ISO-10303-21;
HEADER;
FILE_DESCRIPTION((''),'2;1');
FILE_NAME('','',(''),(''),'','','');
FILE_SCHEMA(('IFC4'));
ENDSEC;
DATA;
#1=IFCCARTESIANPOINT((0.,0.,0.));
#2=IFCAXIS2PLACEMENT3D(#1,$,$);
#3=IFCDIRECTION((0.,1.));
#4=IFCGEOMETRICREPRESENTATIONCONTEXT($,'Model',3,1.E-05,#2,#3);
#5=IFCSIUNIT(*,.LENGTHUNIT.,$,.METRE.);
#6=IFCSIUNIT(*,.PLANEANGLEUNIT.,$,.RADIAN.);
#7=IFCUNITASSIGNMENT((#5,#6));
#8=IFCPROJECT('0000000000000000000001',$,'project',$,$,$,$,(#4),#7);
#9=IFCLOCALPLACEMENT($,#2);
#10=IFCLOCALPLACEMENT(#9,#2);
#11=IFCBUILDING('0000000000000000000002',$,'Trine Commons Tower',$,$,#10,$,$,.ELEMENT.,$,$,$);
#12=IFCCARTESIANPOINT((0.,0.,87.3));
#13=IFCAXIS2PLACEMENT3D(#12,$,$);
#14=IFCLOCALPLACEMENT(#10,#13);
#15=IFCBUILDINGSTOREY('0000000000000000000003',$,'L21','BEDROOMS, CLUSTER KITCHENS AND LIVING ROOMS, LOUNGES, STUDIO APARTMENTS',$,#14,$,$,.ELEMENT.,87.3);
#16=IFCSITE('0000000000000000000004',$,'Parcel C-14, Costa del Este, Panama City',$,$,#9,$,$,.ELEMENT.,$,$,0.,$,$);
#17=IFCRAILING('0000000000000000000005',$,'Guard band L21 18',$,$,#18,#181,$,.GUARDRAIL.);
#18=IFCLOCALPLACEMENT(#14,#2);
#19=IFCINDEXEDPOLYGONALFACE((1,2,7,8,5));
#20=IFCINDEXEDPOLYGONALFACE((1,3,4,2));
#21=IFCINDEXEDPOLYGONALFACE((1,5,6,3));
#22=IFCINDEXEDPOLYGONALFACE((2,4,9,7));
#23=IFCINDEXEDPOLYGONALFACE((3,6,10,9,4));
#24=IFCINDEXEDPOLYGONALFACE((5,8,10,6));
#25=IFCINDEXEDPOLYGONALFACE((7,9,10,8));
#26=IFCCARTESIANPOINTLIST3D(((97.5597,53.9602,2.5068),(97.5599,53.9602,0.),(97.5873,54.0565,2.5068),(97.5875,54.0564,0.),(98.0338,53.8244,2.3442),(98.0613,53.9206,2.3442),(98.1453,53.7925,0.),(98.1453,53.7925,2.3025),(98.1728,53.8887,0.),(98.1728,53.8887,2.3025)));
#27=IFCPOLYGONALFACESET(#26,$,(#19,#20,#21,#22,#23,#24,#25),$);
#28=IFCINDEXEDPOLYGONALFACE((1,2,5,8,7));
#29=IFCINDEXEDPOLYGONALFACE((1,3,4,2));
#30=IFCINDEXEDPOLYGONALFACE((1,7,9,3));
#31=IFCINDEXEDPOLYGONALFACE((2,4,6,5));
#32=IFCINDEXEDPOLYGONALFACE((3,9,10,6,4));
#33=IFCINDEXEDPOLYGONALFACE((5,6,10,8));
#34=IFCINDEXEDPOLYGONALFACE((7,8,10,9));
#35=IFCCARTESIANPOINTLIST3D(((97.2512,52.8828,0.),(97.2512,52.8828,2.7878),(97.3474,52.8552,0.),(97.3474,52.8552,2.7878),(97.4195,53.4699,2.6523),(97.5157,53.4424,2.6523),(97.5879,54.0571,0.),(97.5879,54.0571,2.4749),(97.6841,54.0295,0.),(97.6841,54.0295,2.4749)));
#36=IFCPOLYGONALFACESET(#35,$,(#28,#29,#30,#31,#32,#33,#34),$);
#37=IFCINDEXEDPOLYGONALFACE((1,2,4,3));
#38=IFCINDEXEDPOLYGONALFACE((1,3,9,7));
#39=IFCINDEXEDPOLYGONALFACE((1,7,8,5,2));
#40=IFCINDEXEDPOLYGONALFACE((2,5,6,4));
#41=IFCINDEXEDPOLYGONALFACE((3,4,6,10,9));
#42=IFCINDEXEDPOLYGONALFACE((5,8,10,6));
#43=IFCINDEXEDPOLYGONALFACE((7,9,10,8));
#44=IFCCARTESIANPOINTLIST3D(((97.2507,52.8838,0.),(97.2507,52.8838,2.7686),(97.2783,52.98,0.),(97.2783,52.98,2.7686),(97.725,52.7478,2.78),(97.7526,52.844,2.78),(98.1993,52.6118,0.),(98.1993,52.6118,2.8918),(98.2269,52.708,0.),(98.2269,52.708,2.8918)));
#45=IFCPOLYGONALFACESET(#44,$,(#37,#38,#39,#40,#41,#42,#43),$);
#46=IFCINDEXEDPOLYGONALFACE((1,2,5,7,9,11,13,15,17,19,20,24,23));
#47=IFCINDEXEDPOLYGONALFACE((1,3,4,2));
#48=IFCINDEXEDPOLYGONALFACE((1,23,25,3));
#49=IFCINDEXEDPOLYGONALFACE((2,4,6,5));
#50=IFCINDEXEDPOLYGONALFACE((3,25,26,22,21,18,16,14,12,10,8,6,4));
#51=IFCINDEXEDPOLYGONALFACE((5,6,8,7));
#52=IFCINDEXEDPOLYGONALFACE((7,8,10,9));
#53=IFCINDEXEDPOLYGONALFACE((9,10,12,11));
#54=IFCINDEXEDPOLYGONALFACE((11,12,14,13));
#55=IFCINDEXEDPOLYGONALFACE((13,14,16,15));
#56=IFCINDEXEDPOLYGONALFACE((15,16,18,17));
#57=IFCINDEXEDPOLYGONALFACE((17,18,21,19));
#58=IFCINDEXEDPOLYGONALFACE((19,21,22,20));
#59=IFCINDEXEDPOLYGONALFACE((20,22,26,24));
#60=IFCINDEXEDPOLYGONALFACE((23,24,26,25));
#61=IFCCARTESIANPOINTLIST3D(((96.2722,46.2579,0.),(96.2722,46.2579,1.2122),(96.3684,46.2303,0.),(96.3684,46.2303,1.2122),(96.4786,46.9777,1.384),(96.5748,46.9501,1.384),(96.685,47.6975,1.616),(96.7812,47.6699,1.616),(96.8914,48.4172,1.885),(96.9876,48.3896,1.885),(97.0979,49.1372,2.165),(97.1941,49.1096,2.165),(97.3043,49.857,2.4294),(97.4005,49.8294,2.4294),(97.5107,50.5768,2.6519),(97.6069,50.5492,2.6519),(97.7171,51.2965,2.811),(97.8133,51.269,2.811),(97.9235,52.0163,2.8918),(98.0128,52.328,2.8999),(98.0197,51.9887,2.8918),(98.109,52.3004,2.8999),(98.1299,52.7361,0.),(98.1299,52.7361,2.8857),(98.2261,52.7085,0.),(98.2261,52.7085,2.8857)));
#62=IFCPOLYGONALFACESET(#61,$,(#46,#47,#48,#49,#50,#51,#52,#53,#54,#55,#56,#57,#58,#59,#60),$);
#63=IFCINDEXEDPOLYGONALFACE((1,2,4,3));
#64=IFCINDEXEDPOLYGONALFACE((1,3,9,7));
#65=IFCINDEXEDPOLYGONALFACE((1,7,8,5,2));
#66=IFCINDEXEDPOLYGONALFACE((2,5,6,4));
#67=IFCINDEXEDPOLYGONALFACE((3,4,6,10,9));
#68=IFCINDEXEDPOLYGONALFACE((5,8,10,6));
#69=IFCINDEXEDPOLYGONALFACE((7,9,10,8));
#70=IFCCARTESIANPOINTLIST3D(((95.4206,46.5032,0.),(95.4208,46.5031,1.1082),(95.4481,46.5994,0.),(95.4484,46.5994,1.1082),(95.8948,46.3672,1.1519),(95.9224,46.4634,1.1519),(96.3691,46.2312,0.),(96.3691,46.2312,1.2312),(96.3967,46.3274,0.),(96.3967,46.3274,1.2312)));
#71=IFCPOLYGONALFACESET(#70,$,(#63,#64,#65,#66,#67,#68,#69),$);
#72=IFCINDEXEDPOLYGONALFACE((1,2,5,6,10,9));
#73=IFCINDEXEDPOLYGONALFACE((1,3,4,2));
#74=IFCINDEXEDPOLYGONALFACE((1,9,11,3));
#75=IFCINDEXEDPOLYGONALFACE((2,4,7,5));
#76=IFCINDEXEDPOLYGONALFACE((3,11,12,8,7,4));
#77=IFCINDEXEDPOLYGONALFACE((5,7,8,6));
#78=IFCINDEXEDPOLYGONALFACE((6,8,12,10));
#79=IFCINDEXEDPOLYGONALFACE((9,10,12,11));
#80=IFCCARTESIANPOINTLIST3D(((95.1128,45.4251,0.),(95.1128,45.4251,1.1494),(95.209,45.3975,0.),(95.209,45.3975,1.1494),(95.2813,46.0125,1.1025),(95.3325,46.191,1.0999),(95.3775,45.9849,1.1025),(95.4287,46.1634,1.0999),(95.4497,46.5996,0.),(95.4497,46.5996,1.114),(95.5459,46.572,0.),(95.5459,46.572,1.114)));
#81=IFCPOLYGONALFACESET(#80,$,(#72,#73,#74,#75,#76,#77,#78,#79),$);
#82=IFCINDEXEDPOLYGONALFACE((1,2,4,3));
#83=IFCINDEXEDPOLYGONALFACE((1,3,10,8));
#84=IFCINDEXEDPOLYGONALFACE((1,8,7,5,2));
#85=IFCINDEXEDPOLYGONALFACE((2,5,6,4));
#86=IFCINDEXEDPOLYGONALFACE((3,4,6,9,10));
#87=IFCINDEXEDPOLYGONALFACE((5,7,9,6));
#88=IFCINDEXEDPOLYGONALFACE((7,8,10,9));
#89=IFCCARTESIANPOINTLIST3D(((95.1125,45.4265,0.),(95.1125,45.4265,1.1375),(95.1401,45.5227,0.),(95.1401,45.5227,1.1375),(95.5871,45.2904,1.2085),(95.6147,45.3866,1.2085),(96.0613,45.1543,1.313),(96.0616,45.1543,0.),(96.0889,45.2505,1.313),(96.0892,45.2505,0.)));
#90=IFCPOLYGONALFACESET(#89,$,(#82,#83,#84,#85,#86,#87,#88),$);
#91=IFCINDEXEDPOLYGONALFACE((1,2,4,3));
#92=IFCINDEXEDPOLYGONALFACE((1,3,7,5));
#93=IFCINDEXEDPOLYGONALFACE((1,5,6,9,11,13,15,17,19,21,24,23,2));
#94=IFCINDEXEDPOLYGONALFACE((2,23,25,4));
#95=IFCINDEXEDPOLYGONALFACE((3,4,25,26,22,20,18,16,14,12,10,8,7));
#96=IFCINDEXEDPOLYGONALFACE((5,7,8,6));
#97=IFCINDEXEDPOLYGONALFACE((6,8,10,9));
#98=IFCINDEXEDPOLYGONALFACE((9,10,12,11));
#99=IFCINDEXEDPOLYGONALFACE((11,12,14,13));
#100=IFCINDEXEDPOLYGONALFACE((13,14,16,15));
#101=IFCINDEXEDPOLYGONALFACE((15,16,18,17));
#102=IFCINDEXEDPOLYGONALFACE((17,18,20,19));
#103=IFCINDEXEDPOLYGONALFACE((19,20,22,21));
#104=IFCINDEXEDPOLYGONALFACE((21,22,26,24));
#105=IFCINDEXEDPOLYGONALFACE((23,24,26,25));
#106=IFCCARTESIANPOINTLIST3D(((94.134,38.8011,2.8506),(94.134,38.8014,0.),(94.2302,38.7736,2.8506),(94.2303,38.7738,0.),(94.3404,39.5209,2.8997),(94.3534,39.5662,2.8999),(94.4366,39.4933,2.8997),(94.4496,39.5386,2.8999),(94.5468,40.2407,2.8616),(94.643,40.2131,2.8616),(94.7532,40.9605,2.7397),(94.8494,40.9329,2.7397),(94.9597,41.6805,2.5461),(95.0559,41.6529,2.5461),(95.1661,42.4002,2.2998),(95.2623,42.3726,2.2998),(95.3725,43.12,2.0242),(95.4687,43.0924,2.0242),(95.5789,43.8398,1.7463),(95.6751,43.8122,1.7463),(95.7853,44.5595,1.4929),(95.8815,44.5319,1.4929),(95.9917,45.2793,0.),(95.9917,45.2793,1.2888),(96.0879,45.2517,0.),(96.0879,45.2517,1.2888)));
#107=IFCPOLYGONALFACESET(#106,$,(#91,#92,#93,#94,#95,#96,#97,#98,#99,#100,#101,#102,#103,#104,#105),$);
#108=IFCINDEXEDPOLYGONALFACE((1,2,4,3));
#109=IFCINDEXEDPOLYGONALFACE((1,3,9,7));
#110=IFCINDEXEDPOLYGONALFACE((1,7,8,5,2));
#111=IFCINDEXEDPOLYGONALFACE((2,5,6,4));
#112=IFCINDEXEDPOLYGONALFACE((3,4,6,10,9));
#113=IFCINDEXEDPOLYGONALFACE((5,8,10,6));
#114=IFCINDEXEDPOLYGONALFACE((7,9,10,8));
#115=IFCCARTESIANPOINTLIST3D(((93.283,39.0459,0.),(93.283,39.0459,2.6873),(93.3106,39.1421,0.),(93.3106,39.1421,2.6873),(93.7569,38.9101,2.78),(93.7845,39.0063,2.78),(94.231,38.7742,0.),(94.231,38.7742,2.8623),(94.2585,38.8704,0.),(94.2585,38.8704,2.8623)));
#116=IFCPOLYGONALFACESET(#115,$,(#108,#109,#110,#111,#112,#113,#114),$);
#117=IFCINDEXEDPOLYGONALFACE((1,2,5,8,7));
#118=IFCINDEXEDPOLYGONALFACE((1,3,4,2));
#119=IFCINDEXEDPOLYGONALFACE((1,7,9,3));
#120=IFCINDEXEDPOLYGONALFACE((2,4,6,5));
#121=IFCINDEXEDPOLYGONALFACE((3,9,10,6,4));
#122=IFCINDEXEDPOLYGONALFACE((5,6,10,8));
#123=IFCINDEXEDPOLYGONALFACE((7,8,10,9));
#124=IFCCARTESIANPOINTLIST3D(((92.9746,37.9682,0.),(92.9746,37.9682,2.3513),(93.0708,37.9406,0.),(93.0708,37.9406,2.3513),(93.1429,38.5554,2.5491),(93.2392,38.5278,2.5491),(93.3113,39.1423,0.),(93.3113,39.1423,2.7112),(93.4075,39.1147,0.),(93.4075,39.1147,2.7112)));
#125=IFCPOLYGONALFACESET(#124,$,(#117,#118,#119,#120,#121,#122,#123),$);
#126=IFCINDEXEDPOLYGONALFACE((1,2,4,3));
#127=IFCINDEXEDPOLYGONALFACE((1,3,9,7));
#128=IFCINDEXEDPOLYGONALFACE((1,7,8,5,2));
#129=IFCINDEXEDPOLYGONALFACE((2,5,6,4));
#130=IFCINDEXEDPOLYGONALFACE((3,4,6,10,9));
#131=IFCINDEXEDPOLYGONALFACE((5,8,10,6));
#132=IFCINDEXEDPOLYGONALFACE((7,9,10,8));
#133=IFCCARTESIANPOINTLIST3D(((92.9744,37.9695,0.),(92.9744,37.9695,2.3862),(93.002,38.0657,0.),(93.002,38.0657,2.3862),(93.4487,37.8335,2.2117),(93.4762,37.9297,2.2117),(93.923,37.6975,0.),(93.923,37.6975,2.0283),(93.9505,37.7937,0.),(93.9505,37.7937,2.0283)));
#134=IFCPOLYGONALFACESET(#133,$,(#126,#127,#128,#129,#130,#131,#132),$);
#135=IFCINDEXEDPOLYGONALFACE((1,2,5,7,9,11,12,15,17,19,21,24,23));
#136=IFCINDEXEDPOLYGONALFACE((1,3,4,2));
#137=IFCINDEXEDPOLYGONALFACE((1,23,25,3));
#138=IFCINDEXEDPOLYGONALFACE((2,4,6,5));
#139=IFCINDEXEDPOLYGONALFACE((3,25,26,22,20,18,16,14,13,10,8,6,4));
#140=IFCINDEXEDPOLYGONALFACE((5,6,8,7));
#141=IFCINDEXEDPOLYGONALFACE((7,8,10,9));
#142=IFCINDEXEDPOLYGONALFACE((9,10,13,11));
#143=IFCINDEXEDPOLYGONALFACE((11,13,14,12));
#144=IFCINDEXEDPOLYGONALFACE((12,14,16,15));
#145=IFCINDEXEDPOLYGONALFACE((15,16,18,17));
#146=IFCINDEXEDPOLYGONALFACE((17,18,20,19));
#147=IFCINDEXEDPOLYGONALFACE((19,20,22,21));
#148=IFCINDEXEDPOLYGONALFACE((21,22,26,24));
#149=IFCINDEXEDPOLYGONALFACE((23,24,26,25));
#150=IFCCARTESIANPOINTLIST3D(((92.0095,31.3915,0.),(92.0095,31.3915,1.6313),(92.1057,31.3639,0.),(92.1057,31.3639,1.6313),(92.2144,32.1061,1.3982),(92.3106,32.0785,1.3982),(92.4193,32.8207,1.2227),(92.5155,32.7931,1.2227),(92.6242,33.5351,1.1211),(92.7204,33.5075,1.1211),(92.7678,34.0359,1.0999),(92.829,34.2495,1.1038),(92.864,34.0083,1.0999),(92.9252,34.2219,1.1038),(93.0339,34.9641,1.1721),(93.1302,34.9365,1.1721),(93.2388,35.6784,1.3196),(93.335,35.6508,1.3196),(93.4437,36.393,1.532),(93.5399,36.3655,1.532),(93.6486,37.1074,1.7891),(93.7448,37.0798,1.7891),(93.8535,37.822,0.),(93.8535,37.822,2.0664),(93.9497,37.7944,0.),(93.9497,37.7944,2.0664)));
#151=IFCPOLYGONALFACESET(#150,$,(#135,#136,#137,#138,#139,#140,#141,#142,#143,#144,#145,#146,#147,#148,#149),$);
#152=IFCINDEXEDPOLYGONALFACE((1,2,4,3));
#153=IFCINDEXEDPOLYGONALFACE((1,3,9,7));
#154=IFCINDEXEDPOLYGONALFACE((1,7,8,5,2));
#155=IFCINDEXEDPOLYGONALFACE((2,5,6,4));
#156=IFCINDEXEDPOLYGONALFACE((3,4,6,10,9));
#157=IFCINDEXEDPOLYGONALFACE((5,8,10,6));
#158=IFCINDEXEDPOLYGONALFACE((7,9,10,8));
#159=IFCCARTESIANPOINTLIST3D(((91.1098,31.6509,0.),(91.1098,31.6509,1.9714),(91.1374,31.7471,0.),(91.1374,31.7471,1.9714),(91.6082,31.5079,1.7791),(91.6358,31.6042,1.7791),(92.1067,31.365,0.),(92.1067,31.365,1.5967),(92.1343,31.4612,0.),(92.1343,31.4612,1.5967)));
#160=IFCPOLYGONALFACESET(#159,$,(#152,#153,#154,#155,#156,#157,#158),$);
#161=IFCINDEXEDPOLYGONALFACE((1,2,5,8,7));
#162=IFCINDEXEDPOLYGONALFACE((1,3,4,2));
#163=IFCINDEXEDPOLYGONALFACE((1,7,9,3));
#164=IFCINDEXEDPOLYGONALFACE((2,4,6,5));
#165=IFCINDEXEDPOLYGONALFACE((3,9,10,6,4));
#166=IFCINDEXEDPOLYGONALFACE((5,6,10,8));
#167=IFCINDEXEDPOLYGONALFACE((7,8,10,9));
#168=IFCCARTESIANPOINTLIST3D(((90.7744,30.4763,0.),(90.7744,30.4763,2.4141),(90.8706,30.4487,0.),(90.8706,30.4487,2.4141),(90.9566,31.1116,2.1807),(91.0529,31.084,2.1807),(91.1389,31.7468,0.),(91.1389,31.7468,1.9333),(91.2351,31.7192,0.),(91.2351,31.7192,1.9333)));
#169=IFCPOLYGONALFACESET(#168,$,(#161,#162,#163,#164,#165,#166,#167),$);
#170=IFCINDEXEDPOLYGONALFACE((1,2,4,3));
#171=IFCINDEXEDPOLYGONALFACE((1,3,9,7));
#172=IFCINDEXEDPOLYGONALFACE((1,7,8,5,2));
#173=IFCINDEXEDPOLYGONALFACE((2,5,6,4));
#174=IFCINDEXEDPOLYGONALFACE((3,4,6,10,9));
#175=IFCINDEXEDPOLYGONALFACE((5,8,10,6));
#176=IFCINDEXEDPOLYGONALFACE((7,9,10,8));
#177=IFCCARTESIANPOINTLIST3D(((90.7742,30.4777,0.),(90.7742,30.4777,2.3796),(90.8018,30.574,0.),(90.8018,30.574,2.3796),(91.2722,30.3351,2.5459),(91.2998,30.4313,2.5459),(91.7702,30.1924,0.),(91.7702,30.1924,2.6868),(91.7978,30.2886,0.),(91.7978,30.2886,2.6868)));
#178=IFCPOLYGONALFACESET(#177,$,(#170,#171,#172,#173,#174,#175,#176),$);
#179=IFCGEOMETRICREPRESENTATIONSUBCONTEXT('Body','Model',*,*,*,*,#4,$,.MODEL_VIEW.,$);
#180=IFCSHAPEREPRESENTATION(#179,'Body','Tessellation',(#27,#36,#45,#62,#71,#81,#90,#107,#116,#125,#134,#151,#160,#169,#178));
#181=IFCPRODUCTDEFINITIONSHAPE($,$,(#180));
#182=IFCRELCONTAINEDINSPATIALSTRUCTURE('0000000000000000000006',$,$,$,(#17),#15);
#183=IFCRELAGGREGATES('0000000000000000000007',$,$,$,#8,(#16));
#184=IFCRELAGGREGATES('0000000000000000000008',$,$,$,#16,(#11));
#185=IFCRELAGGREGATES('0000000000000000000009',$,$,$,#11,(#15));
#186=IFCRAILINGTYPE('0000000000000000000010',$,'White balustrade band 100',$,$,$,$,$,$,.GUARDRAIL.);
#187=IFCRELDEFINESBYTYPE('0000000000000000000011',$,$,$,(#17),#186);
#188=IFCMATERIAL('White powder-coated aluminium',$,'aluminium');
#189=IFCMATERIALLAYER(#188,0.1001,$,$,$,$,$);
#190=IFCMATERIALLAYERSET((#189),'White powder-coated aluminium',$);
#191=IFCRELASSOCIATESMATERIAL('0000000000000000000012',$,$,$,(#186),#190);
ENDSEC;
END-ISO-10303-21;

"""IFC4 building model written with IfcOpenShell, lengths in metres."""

from ifc_helpers import new_model, si_unit, direction, frame, origin, place, context, subcontext, project, spatial, polyline, outline, extrude, material, layer, layer_set, type_object, element, save


model = new_model("IFC4")

# Units and contexts
model_context = context("Model", 3, precision=1e-05, world=origin(), true_north=direction((0.0, 1.0)))
body_context = subcontext(model_context, "Body", "Model", "MODEL_VIEW")
ifc_project = project(units=[si_unit("LENGTHUNIT", "METRE"), si_unit("PLANEANGLEUNIT", "RADIAN")], contexts=[model_context])

# Site, building, storey
site_placement = place(None, origin())
site = spatial("IfcSite", under=ifc_project, at=site_placement, Name="Parcel C-14, Costa del Este, Panama City", CompositionType="ELEMENT", RefElevation=0.0)
building_placement = place(site_placement, origin())
building = spatial("IfcBuilding", under=site, at=building_placement, Name="Trine Commons Tower", CompositionType="ELEMENT")
storey_placement = place(building_placement, frame((0.0, 0.0, 87.3)))
storey = spatial("IfcBuildingStorey", under=building, at=storey_placement, Name="L21", Description="BEDROOMS, CLUSTER KITCHENS AND LIVING ROOMS, LOUNGES, STUDIO APARTMENTS", CompositionType="ELEMENT", Elevation=87.3)

# Railing
ifc_material_1 = material(Name="White powder-coated aluminium", Category="aluminium")
ifc_layer_1 = layer(ifc_material_1, 0.1001)
ifc_layer_set_1 = layer_set([ifc_layer_1], Name="White powder-coated aluminium")
railing_type = type_object("IfcRailingType", Name="White balustrade band 100", PredefinedType="GUARDRAIL", material=ifc_layer_set_1)
railing_1_placement = place(storey_placement, origin())
element("IfcRailing", 1, at=railing_1_placement, inside=storey, type_object=railing_type, Name="Guard band L21 18", PredefinedType="GUARDRAIL", context=body_context, shape_type="SweptSolid", body=[
    extrude(outline(polyline([(0.0, 0.0), (0.6089, 0.0), (0.6091, 2.5068), (0.6091, 2.5068), (0.116, 2.3442), (0.0, 2.3025), (0.0, 0.0)])), frame((98.1453, 53.7925, 0.0), z_axis=(0.275409, 0.961327, 0.0), x_axis=(-0.961327, 0.275409, 0.0)), (0.0, 0.0, 1.0), 0.1001),
    extrude(outline(polyline([(0.0, 0.0), (1.2217, 0.0), (1.2217, 2.7878), (0.6108, 2.6523), (0.0, 2.4749), (0.0, 0.0)])), frame((97.6841, 54.0295, 0.0), z_axis=(-0.961275, 0.275592, 0.0), x_axis=(-0.275592, -0.961275, 0.0)), (0.0, 0.0, 1.0), 0.1001),
    extrude(outline(polyline([(0.0, 0.0), (0.9868, 0.0), (0.9868, 2.8918), (0.4934, 2.78), (0.0, 2.7686), (0.0, 0.0)])), frame((97.2783, 52.98, 0.0), z_axis=(-0.275636, -0.961262, 0.0), x_axis=(0.961262, -0.275636, 0.0)), (0.0, 0.0, 1.0), 0.1001),
    extrude(outline(polyline([(0.0, 0.0), (6.7393, 0.0), (6.7393, 1.2122), (5.9905, 1.384), (5.2417, 1.616), (4.4929, 1.885), (3.7439, 2.165), (2.9951, 2.4294), (2.2463, 2.6519), (1.4976, 2.811), (0.7488, 2.8918), (0.4246, 2.8999), (0.0, 2.8857), (0.0, 0.0)])), frame((98.2261, 52.7085, 0.0), z_axis=(-0.96126, 0.275644, 0.0), x_axis=(-0.275644, -0.96126, 0.0)), (0.0, 0.0, 1.0), 0.1001),
    extrude(outline(polyline([(0.0, 0.0), (0.9868, 0.0), (0.9866, 1.1082), (0.4934, 1.1519), (0.0, 1.2312), (0.0, 0.0)])), frame((96.3691, 46.2312, 0.0), z_axis=(0.275636, 0.961262, 0.0), x_axis=(-0.961262, 0.275636, 0.0)), (0.0, 0.0, 1.0), 0.1001),
    extrude(outline(polyline([(0.0, 0.0), (1.2219, 0.0), (1.2219, 1.1494), (0.6108, 1.1025), (0.425, 1.0999), (0.0, 1.114), (0.0, 0.0)])), frame((95.5459, 46.572, 0.0), z_axis=(-0.961237, 0.275724, 0.0), x_axis=(-0.275724, -0.961237, 0.0)), (0.0, 0.0, 1.0), 0.1001),
    extrude(outline(polyline([(0.0, 0.0), (0.9873, 0.0), (0.9871, 1.313), (0.4937, 1.2085), (0.0, 1.1375), (0.0, 0.0)])), frame((95.1401, 45.5227, 0.0), z_axis=(-0.275733, -0.961234, 0.0), x_axis=(0.961234, -0.275733, 0.0)), (0.0, 0.0, 1.0), 0.1001),
    extrude(outline(polyline([(0.0, 0.0), (6.739, 0.0), (6.7393, 2.8506), (5.9905, 2.8997), (5.9434, 2.8999), (5.2417, 2.8616), (4.4929, 2.7397), (3.7439, 2.5461), (2.9951, 2.2998), (2.2463, 2.0242), (1.4976, 1.7463), (0.7488, 1.4929), (0.0, 1.2888), (0.0, 0.0)])), frame((96.0879, 45.2517, 0.0), z_axis=(-0.961257, 0.275654, 0.0), x_axis=(-0.275654, -0.961257, 0.0)), (0.0, 0.0, 1.0), 0.1001),
    extrude(outline(polyline([(0.0, 0.0), (0.9861, 0.0), (0.9861, 2.6873), (0.4932, 2.78), (0.0, 2.8623), (0.0, 0.0)])), frame((94.231, 38.7742, 0.0), z_axis=(0.275538, 0.96129, 0.0), x_axis=(-0.96129, 0.275538, 0.0)), (0.0, 0.0, 1.0), 0.1001),
    extrude(outline(polyline([(0.0, 0.0), (1.2214, 0.0), (1.2214, 2.3513), (0.6106, 2.5491), (0.0, 2.7112), (0.0, 0.0)])), frame((93.4075, 39.1147, 0.0), z_axis=(-0.96126, 0.275645, 0.0), x_axis=(-0.275645, -0.96126, 0.0)), (0.0, 0.0, 1.0), 0.1001),
    extrude(outline(polyline([(0.0, 0.0), (0.9868, 0.0), (0.9868, 2.0283), (0.4934, 2.2117), (0.0, 2.3862), (0.0, 0.0)])), frame((93.002, 38.0657, 0.0), z_axis=(-0.275636, -0.961262, 0.0), x_axis=(0.961262, -0.275636, 0.0)), (0.0, 0.0, 1.0), 0.1001),
    extrude(outline(polyline([(0.0, 0.0), (6.6897, 0.0), (6.6897, 1.6313), (5.9463, 1.3982), (5.2029, 1.2227), (4.4597, 1.1211), (3.9387, 1.0999), (3.7166, 1.1038), (2.9731, 1.1721), (2.23, 1.3196), (1.4866, 1.532), (0.7434, 1.7891), (0.0, 2.0664), (0.0, 0.0)])), frame((93.9497, 37.7944, 0.0), z_axis=(-0.961258, 0.275651, 0.0), x_axis=(-0.275651, -0.961258, 0.0)), (0.0, 0.0, 1.0), 0.1001),
    extrude(outline(polyline([(0.0, 0.0), (1.0371, 0.0), (1.0371, 1.9714), (0.5186, 1.7791), (0.0, 1.5967), (0.0, 0.0)])), frame((92.1067, 31.365, 0.0), z_axis=(0.275685, 0.961248, 0.0), x_axis=(-0.961248, 0.275685, 0.0)), (0.0, 0.0, 1.0), 0.1001),
    extrude(outline(polyline([(0.0, 0.0), (1.3218, 0.0), (1.3218, 2.4141), (0.6609, 2.1807), (0.0, 1.9333), (0.0, 0.0)])), frame((91.2351, 31.7192, 0.0), z_axis=(-0.961224, 0.27577, 0.0), x_axis=(-0.27577, -0.961224, 0.0)), (0.0, 0.0, 1.0), 0.1001),
    extrude(outline(polyline([(0.0, 0.0), (1.0361, 0.0), (1.0361, 2.6868), (0.5181, 2.5459), (0.0, 2.3796), (0.0, 0.0)])), frame((90.8018, 30.574, 0.0), z_axis=(-0.275437, -0.961319, 0.0), x_axis=(0.961319, -0.275437, 0.0)), (0.0, 0.0, 1.0), 0.1001),
])

save(model, "model.ifc")
